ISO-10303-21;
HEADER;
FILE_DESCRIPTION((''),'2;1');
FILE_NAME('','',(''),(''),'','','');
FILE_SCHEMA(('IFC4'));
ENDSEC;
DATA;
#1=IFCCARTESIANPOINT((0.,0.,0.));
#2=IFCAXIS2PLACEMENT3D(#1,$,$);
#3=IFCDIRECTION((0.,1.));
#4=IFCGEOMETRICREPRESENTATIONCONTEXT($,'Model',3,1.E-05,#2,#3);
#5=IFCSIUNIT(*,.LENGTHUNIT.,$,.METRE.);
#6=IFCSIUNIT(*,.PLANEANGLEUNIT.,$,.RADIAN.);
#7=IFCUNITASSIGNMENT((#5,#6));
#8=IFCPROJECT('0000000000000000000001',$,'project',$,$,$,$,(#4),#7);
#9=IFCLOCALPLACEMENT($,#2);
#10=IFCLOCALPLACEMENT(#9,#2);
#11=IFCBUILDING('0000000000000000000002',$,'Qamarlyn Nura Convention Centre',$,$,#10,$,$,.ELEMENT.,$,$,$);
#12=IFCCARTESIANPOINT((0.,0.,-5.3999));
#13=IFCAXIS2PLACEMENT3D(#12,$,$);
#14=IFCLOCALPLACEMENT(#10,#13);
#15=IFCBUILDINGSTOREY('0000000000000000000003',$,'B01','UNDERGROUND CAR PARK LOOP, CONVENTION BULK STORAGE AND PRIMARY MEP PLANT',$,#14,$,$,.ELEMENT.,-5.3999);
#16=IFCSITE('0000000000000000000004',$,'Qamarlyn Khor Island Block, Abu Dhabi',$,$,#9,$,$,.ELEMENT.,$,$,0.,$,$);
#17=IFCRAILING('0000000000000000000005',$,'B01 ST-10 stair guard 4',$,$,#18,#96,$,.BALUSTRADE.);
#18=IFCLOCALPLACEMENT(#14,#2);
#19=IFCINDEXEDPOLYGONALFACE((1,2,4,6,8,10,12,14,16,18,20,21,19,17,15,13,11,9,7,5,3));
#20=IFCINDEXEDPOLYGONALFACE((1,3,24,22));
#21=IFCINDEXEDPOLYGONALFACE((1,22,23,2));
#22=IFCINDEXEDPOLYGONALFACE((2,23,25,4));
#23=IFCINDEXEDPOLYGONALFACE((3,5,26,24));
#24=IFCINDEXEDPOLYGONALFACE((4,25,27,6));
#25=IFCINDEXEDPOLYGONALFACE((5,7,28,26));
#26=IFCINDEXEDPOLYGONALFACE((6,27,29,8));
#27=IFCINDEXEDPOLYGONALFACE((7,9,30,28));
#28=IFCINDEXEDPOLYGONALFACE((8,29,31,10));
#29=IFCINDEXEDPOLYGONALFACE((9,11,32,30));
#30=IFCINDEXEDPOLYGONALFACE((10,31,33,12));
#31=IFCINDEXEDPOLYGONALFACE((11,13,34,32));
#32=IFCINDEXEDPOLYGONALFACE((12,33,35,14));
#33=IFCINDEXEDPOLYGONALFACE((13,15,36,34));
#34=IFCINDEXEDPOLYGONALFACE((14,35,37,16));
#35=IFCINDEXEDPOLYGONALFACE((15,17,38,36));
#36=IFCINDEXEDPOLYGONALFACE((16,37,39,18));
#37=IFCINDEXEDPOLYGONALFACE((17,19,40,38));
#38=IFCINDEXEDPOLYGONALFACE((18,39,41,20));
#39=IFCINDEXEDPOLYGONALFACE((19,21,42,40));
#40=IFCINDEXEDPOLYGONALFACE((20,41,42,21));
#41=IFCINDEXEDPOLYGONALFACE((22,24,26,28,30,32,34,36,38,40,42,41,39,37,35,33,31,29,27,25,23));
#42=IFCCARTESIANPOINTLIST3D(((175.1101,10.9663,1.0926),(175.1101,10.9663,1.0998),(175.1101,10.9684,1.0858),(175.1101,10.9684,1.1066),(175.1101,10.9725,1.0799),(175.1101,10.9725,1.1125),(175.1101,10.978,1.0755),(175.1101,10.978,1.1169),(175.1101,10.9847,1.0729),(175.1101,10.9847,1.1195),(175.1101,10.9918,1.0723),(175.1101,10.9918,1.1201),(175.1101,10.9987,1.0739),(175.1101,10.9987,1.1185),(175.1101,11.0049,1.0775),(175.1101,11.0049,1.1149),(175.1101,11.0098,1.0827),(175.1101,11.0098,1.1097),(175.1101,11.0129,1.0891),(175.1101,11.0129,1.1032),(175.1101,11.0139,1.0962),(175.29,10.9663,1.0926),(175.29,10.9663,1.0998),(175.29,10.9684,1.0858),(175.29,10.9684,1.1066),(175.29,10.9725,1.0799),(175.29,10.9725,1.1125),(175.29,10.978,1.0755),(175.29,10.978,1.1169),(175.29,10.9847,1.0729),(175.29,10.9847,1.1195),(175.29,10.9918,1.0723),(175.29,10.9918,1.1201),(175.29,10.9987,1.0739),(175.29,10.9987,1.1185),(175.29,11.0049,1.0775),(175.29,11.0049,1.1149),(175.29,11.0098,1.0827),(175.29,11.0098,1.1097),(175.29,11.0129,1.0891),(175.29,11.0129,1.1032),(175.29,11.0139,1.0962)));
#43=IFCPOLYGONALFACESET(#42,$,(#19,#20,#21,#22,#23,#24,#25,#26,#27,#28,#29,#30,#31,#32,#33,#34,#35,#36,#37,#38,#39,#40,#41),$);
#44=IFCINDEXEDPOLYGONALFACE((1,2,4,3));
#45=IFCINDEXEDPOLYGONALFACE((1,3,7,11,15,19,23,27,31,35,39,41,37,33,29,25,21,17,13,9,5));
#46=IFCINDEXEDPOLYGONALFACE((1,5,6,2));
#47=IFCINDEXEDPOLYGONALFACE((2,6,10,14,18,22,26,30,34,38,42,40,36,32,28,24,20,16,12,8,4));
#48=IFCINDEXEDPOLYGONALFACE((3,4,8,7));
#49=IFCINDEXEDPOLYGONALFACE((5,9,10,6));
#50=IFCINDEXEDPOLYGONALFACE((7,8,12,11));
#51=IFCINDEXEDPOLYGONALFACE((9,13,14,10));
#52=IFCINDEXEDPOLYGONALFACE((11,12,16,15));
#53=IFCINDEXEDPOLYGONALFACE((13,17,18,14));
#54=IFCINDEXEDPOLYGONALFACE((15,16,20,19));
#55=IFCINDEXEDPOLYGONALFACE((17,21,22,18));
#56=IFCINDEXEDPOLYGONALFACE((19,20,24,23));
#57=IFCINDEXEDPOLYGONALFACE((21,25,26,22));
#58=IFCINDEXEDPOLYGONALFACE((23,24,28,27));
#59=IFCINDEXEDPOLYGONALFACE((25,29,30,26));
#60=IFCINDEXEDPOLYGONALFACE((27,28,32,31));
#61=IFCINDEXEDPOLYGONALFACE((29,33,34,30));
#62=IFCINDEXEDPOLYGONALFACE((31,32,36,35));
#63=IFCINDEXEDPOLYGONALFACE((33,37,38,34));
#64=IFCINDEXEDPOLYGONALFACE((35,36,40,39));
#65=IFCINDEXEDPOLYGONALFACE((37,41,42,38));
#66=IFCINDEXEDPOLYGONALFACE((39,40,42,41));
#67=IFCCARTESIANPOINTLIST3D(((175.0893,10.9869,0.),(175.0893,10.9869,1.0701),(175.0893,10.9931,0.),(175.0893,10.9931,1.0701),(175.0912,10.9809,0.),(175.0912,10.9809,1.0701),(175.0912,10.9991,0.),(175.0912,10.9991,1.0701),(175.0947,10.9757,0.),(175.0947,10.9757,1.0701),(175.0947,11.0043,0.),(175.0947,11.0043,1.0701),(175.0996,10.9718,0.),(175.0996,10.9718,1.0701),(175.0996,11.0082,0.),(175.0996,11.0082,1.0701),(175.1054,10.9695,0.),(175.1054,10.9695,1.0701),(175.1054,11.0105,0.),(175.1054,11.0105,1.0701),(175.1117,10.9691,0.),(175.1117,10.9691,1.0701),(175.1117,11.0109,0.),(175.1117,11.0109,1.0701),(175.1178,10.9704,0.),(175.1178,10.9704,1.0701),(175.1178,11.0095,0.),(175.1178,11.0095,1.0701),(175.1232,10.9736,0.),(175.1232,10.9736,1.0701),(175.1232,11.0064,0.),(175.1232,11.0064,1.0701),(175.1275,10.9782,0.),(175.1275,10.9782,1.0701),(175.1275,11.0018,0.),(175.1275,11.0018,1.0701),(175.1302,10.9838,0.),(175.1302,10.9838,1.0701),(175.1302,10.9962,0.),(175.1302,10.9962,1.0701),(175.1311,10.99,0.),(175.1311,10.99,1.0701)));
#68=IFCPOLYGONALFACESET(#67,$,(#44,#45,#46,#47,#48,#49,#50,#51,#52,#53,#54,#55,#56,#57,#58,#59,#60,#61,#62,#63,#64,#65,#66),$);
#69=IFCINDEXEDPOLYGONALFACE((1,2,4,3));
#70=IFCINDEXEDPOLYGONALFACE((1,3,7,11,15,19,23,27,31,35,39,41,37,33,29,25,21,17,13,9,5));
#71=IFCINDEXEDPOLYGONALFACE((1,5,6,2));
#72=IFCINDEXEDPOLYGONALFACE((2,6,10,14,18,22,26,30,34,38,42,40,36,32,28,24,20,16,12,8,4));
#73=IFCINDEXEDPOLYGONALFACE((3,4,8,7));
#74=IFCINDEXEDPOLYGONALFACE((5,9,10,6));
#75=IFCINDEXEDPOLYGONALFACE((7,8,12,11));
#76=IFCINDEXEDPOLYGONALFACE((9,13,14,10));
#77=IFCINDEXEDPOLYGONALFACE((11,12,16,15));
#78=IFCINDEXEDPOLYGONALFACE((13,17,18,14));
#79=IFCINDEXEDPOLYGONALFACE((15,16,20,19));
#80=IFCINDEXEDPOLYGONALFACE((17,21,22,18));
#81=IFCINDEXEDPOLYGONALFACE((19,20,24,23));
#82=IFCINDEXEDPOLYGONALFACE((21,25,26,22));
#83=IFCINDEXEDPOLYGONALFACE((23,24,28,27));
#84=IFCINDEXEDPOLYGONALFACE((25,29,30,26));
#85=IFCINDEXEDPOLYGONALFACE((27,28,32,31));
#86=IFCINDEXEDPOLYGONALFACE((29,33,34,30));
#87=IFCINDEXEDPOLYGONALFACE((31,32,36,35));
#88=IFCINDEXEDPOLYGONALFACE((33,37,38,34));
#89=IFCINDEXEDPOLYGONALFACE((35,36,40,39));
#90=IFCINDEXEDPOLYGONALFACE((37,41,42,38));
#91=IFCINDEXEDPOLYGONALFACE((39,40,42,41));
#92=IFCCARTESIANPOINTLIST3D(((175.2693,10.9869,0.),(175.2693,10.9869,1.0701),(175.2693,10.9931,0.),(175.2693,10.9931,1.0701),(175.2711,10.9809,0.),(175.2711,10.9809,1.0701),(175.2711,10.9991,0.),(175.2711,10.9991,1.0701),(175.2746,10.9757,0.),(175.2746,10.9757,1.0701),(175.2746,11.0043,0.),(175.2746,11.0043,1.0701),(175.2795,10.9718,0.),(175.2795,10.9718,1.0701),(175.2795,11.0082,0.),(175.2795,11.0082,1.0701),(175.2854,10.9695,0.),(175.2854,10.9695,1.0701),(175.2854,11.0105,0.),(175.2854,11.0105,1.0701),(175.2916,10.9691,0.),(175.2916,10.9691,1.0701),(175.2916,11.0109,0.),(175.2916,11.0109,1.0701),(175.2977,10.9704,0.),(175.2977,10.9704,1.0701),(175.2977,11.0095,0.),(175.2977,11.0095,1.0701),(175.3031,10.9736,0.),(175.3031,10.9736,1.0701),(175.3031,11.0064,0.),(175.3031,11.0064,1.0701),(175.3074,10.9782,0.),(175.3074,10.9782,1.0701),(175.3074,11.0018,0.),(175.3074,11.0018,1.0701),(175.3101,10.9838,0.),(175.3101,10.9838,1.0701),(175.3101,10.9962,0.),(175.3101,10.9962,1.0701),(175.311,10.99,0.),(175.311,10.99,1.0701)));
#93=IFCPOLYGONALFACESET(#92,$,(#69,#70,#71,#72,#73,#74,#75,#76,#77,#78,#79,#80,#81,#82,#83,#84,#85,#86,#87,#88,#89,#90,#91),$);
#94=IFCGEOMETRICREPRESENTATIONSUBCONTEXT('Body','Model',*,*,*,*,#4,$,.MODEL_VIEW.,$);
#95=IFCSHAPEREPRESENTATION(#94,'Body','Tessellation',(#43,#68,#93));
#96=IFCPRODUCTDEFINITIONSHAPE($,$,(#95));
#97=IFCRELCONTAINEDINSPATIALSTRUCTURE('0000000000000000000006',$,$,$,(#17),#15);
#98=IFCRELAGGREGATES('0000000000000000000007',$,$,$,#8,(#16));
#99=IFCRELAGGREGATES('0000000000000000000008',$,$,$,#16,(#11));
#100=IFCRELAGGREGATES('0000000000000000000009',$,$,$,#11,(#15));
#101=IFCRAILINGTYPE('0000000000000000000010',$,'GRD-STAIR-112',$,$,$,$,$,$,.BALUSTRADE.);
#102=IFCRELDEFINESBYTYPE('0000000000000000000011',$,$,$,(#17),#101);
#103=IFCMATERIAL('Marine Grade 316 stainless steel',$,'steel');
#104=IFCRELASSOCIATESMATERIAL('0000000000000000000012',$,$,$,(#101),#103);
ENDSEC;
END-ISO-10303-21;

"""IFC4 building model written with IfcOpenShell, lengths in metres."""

from ifc_helpers import new_model, si_unit, direction, frame, origin, origin_2d, place, context, subcontext, project, spatial, circle, extrude, material, type_object, element, save


model = new_model("IFC4")

# Units and contexts
model_context = context("Model", 3, precision=1e-05, world=origin(), true_north=direction((0.0, 1.0)))
body_context = subcontext(model_context, "Body", "Model", "MODEL_VIEW")
ifc_project = project(units=[si_unit("LENGTHUNIT", "METRE"), si_unit("PLANEANGLEUNIT", "RADIAN")], contexts=[model_context])

# Site, building, storey
site_placement = place(None, origin())
site = spatial("IfcSite", under=ifc_project, at=site_placement, Name="Qamarlyn Khor Island Block, Abu Dhabi", CompositionType="ELEMENT", RefElevation=0.0)
building_placement = place(site_placement, origin())
building = spatial("IfcBuilding", under=site, at=building_placement, Name="Qamarlyn Nura Convention Centre", CompositionType="ELEMENT")
storey_placement = place(building_placement, frame((0.0, 0.0, -5.3999)))
storey = spatial("IfcBuildingStorey", under=building, at=storey_placement, Name="B01", Description="UNDERGROUND CAR PARK LOOP, CONVENTION BULK STORAGE AND PRIMARY MEP PLANT", CompositionType="ELEMENT", Elevation=-5.3999)

# Railing
ifc_material_1 = material(Name="Marine Grade 316 stainless steel", Category="steel")
railing_type_1 = type_object("IfcRailingType", Name="GRD-STAIR-112", PredefinedType="BALUSTRADE", material=ifc_material_1)
railing_1_placement = place(storey_placement, frame((175.1101, 10.99, 0.0)))
element("IfcRailing", 1, at=railing_1_placement, inside=storey, type_object=railing_type_1, Name="B01 ST-10 stair guard 4", PredefinedType="BALUSTRADE", context=body_context, shape_type="SweptSolid", body=[
    extrude(circle(Radius=0.0239, at=origin_2d()), frame((0.0, 0.0, 1.0962), z_axis=(1.0, 0.0, 0.0), x_axis=(0.0, 1.0, 0.0)), (0.0, 0.0, 1.0), 0.1799),
    extrude(circle(Radius=0.021, at=origin_2d()), origin(), (0.0, 0.0, 1.0), 1.0701),
    extrude(circle(Radius=0.021, at=origin_2d()), frame((0.1799, 0.0, 0.0)), (0.0, 0.0, 1.0), 1.0701),
])

save(model, "model.ifc")
